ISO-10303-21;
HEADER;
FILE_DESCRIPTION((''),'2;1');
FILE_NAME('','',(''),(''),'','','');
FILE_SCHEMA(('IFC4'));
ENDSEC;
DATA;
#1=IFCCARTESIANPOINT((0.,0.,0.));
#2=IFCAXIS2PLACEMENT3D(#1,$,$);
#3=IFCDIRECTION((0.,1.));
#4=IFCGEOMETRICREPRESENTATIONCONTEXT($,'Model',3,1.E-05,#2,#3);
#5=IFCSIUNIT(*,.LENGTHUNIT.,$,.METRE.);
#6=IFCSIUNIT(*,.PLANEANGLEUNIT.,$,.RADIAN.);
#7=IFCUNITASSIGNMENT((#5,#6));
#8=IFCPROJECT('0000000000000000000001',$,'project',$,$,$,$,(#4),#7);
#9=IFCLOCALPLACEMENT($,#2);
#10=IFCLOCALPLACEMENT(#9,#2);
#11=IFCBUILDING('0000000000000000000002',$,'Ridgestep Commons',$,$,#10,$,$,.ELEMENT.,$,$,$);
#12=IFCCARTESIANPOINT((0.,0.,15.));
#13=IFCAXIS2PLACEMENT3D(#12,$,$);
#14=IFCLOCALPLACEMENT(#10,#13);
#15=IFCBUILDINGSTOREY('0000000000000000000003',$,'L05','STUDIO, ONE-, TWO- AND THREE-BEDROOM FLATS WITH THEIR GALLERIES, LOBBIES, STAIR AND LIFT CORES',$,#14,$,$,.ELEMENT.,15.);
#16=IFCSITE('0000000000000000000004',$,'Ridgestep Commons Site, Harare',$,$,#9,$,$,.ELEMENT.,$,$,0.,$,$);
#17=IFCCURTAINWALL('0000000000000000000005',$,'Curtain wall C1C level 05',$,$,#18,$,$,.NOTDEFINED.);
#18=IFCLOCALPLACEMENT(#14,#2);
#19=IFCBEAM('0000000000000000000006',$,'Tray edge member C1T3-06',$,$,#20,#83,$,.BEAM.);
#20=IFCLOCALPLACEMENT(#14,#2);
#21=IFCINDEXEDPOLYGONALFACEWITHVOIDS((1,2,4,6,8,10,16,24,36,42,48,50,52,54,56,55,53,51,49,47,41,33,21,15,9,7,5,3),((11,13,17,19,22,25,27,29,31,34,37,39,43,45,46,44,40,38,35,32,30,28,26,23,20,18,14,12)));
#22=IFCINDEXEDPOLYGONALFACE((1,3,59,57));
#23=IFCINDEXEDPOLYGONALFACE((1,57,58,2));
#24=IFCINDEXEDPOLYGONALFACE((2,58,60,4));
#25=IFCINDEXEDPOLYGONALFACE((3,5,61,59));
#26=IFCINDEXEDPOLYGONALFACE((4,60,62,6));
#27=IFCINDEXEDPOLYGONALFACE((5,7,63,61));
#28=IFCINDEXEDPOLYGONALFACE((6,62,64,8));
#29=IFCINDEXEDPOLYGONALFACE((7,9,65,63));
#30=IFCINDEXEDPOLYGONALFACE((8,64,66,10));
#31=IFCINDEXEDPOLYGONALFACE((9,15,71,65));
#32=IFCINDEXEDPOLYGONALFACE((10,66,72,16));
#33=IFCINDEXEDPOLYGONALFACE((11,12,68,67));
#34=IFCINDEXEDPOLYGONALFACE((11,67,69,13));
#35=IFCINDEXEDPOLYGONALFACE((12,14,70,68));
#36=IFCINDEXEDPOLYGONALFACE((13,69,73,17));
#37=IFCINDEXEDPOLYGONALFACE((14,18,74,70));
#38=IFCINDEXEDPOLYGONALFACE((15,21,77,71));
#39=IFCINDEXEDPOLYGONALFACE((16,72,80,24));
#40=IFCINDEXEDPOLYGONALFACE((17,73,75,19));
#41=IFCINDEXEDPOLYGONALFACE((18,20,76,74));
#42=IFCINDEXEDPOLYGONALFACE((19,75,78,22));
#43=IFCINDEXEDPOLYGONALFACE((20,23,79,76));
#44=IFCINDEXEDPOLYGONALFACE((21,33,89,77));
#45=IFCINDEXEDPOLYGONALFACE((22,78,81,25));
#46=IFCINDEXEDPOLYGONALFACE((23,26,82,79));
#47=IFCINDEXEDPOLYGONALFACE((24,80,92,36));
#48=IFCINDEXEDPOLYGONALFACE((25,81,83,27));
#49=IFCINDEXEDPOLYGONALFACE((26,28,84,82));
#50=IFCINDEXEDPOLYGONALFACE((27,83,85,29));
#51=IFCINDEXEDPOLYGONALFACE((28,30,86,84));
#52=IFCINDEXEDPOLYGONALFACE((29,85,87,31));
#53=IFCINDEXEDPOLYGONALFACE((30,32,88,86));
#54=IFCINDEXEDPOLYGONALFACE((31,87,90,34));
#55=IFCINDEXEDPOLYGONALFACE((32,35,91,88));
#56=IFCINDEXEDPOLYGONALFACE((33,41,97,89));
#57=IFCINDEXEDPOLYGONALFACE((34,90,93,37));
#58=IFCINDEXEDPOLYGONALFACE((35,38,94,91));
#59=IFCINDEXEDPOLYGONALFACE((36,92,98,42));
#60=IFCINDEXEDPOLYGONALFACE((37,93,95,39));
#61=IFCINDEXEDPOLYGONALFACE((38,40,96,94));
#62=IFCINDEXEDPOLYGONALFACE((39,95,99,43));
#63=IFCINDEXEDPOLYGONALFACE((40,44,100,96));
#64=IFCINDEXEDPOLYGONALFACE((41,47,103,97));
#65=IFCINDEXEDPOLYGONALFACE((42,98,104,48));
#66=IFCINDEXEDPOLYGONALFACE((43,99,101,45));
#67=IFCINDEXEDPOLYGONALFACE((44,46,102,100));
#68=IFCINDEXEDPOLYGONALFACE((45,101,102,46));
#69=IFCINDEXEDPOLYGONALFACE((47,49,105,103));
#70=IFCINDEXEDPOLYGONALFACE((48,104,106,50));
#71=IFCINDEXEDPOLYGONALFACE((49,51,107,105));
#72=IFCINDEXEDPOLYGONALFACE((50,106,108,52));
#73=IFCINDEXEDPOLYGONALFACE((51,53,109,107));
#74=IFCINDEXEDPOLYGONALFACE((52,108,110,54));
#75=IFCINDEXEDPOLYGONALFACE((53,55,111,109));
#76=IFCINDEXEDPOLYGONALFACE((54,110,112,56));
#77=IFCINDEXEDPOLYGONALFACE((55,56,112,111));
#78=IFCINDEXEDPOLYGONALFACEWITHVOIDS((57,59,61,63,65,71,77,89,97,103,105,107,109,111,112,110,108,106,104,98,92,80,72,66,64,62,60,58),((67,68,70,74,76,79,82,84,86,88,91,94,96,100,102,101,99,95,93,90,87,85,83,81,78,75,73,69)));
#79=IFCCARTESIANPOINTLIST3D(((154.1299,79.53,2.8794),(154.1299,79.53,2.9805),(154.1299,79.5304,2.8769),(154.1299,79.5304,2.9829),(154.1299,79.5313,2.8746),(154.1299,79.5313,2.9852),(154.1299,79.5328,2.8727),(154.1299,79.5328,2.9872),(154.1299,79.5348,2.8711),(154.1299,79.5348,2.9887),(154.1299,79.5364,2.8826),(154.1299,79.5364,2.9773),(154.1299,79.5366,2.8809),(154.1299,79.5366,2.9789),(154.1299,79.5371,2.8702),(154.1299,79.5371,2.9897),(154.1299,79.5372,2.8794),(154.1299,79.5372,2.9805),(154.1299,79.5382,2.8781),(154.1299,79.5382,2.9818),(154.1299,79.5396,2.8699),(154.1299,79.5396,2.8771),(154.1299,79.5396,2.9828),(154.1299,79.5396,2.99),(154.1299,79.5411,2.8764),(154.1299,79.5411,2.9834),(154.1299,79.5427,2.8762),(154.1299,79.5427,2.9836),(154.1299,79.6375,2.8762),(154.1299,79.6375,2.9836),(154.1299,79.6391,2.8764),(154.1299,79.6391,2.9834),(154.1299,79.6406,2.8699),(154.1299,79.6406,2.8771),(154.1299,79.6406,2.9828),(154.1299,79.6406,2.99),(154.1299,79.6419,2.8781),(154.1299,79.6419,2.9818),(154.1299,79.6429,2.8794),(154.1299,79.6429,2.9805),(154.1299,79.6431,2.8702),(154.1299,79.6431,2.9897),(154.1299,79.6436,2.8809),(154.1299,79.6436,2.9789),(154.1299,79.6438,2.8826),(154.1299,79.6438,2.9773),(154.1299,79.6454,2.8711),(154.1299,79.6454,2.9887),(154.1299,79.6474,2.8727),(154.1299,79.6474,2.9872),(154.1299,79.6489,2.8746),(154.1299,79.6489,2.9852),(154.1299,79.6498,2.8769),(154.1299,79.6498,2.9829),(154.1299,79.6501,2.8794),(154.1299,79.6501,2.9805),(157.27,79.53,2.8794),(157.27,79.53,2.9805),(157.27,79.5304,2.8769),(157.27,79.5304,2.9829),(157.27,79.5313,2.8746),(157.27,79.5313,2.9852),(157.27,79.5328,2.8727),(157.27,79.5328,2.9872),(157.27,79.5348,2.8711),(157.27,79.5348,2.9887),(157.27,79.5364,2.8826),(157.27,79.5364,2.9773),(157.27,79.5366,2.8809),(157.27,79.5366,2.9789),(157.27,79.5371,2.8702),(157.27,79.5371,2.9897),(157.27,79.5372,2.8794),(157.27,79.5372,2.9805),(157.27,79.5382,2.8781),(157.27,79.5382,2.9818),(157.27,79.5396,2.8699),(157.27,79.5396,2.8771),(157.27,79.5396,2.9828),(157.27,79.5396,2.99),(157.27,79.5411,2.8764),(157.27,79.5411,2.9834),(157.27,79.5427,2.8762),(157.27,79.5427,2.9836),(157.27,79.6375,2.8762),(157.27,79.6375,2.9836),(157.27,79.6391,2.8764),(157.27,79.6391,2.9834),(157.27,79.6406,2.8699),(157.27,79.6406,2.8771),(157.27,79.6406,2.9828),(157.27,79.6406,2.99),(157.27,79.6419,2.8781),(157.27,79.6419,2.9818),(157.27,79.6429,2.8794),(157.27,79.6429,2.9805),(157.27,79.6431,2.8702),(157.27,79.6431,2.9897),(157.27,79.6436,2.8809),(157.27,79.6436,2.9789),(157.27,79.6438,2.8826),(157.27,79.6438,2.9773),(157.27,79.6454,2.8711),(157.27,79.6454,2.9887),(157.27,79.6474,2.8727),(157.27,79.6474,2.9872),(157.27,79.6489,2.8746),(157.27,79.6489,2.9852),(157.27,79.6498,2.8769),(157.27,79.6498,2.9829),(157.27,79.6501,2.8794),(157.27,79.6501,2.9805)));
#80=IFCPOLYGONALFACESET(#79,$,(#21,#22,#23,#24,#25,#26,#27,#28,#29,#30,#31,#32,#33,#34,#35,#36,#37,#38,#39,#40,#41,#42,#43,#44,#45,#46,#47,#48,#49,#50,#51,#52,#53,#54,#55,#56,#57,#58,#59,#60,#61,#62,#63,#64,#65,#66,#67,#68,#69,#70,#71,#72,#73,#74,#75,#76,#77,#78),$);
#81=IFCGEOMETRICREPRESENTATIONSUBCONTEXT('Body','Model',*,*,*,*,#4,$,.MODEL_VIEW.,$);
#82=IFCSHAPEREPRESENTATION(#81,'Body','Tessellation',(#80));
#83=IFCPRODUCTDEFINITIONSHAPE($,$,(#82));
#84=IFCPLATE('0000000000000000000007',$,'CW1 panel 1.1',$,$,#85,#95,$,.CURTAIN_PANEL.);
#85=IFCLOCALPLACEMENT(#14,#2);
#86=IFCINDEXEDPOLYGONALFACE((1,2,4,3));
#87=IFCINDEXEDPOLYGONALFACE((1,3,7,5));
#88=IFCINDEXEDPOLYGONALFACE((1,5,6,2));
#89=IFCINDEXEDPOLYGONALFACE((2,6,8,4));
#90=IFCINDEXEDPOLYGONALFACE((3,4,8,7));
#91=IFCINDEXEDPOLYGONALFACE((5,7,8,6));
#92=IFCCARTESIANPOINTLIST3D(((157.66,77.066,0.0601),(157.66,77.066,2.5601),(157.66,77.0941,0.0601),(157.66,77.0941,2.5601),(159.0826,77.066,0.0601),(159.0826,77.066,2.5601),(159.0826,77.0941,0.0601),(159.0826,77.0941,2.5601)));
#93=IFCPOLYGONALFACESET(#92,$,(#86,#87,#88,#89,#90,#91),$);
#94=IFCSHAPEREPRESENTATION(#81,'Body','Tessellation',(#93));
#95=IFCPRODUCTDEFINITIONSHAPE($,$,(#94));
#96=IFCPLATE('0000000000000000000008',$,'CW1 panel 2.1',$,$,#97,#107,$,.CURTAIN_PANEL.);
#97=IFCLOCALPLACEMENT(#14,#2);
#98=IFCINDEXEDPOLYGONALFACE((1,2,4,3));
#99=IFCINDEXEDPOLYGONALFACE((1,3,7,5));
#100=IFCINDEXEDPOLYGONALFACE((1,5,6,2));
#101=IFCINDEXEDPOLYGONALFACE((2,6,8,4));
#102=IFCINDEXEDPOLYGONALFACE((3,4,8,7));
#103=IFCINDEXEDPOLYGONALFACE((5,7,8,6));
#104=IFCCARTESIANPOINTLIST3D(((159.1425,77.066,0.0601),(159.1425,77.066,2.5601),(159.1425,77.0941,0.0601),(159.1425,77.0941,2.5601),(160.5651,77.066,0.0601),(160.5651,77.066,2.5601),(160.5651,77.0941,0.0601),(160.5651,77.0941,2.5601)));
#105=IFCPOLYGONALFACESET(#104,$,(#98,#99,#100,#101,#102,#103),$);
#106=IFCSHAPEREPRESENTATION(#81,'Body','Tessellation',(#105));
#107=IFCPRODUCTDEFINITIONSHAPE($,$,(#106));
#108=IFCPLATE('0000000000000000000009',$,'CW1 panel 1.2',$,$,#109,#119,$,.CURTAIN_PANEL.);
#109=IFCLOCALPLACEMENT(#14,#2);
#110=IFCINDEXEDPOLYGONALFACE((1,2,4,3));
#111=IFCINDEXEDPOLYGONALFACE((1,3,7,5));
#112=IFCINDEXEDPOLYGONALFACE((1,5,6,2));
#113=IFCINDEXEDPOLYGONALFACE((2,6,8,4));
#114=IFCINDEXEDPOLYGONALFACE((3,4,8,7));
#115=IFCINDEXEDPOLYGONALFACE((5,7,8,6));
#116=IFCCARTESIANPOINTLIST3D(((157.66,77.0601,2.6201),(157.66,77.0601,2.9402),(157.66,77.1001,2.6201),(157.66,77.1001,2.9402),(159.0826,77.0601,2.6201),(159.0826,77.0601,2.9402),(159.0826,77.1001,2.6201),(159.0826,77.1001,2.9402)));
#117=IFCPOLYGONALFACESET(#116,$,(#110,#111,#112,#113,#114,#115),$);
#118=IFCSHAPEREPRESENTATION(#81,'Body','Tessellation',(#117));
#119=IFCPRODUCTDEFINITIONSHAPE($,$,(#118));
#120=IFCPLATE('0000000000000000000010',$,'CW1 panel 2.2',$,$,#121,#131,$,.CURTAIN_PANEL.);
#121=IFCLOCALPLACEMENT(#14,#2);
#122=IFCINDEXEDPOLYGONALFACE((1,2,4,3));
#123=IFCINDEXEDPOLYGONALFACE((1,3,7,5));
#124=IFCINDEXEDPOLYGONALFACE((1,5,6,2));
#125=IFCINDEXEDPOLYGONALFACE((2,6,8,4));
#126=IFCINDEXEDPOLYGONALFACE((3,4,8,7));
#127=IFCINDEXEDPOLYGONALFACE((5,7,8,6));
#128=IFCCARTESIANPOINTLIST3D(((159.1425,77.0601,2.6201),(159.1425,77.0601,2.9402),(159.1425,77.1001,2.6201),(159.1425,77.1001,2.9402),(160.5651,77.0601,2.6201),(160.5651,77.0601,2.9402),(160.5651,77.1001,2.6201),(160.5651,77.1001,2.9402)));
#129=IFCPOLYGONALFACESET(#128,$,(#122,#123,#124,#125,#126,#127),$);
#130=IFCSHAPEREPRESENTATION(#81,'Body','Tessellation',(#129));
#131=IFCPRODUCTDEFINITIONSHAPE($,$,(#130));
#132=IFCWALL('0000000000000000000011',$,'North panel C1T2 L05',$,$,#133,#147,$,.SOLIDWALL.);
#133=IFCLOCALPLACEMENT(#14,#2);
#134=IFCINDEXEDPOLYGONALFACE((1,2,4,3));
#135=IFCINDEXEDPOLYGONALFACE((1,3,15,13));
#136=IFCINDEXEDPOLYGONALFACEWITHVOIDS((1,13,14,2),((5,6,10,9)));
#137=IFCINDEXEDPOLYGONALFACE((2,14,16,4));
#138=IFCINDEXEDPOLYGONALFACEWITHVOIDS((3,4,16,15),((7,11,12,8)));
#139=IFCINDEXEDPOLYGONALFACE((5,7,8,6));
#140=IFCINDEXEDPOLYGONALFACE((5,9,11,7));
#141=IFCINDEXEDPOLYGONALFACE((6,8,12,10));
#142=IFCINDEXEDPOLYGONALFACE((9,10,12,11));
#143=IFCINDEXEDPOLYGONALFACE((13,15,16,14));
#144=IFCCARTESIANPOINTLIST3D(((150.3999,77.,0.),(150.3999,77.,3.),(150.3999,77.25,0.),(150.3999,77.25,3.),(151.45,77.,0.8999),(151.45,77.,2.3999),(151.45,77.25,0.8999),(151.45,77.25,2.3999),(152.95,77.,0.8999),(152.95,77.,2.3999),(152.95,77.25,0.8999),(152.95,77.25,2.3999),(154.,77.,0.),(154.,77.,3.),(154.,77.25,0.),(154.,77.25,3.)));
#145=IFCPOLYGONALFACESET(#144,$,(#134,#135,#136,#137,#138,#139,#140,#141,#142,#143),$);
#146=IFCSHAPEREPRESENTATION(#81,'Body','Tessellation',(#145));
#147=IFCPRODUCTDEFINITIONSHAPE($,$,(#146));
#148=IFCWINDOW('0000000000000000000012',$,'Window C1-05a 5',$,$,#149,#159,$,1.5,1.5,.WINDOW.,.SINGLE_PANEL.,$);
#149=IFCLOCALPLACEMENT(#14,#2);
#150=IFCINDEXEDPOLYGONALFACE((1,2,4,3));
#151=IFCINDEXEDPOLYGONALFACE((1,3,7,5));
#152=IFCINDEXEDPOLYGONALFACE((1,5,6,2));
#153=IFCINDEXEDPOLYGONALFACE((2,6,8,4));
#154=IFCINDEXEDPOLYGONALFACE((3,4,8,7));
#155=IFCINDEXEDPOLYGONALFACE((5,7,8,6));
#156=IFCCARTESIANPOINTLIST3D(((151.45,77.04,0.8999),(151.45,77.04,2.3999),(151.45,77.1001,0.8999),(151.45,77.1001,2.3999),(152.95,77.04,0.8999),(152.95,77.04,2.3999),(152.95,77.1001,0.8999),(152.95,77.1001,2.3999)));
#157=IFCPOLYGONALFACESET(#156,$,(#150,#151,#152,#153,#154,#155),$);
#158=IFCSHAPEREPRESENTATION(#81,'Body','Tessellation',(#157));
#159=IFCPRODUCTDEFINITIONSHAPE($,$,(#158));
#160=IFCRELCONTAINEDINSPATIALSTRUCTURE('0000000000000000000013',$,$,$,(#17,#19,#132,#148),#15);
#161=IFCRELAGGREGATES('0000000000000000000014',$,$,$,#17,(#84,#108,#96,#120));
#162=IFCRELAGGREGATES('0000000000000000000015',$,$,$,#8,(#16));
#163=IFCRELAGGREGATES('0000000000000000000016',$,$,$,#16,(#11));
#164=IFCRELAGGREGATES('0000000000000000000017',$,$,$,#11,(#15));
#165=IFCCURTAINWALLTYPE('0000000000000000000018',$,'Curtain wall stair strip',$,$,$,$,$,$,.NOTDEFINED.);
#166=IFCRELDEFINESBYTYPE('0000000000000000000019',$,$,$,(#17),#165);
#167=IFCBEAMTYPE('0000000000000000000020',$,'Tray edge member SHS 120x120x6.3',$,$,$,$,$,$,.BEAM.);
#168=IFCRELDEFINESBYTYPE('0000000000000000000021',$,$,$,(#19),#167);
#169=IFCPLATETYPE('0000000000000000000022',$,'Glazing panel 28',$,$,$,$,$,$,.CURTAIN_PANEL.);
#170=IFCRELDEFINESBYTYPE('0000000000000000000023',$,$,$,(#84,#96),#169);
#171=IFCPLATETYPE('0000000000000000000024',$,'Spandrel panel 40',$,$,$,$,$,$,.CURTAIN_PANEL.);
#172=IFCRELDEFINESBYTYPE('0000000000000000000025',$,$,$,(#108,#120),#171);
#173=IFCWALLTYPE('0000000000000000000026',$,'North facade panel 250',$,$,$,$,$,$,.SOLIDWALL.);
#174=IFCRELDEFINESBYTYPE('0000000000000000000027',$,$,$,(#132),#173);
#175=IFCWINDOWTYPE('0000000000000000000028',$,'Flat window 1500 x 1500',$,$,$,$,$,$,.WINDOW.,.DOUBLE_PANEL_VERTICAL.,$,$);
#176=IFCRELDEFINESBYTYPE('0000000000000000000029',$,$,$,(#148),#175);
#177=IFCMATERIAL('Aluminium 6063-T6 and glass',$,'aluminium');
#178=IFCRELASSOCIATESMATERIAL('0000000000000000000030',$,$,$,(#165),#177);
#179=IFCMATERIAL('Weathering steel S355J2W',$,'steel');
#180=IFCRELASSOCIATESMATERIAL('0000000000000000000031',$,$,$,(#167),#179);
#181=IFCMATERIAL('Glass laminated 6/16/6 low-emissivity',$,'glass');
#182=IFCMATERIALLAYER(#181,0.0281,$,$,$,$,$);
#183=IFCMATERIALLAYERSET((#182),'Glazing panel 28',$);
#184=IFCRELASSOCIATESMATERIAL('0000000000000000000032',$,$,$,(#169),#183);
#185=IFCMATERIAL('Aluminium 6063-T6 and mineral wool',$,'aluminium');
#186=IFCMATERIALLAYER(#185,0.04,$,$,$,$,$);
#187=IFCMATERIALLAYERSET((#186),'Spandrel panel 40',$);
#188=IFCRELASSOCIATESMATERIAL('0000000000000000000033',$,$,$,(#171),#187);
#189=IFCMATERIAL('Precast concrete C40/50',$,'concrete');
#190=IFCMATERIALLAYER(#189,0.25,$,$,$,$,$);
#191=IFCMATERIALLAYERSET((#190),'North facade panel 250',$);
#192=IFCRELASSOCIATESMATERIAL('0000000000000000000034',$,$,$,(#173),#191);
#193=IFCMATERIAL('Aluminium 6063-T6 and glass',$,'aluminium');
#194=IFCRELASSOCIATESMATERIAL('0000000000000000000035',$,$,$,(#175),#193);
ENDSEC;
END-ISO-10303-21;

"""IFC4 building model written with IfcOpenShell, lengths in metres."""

from ifc_helpers import new_model, si_unit, direction, frame, frame_2d, origin, origin_2d, place, context, subcontext, project, spatial, rectangle, hollow_rectangle, extrude, material, layer, layer_set, material_profile, profile_set, type_object, element, fill, aggregate, save


model = new_model("IFC4")

# Units and contexts
model_context = context("Model", 3, precision=1e-05, world=origin(), true_north=direction((0.0, 1.0)))
body_context = subcontext(model_context, "Body", "Model", "MODEL_VIEW")
ifc_project = project(units=[si_unit("LENGTHUNIT", "METRE"), si_unit("PLANEANGLEUNIT", "RADIAN")], contexts=[model_context])

# Site, building, storey
site_placement = place(None, origin())
site = spatial("IfcSite", under=ifc_project, at=site_placement, Name="Ridgestep Commons Site, Harare", CompositionType="ELEMENT", RefElevation=0.0)
building_placement = place(site_placement, origin())
building = spatial("IfcBuilding", under=site, at=building_placement, Name="Ridgestep Commons", CompositionType="ELEMENT")
storey_placement = place(building_placement, frame((0.0, 0.0, 15.0)))
storey = spatial("IfcBuildingStorey", under=building, at=storey_placement, Name="L05", Description="STUDIO, ONE-, TWO- AND THREE-BEDROOM FLATS WITH THEIR GALLERIES, LOBBIES, STAIR AND LIFT CORES", CompositionType="ELEMENT", Elevation=15.0)

# Curtain wall
ifc_material_1 = material(Name="Aluminium 6063-T6 and glass", Category="aluminium")
curtain_wall_type = type_object("IfcCurtainWallType", Name="Curtain wall stair strip", PredefinedType="NOTDEFINED", material=ifc_material_1)
curtain_wall_placement = place(storey_placement, origin())
curtain_wall = element("IfcCurtainWall", 1, at=curtain_wall_placement, inside=storey, type_object=curtain_wall_type, Name="Curtain wall C1C level 05", PredefinedType="NOTDEFINED")

# Beam
ifc_material_2 = material(Name="Weathering steel S355J2W", Category="steel")
ifc_material_profile_1 = material_profile(ifc_material_2, hollow_rectangle(XDim=0.1201, YDim=0.1201, WallThickness=0.0063, InnerFilletRadius=0.0063, OuterFilletRadius=0.0095, at=origin_2d()), Name="SHS 120x120x6.3")
ifc_profile_set_1 = profile_set([ifc_material_profile_1], Name="Weathering steel S355J2W")
beam_type_1 = type_object("IfcBeamType", Name="Tray edge member SHS 120x120x6.3", PredefinedType="BEAM", material=ifc_profile_set_1)
beam_placement = place(storey_placement, frame((154.1299, 79.5901, 2.9299), z_axis=(1.0, 0.0, 0.0), x_axis=(0.0, 0.0, 1.0)))
element("IfcBeam", 2, at=beam_placement, inside=storey, type_object=beam_type_1, Name="Tray edge member C1T3-06", PredefinedType="BEAM", context=body_context, shape_type="SweptSolid", body=[
    extrude(hollow_rectangle(XDim=0.1201, YDim=0.1201, WallThickness=0.0063, InnerFilletRadius=0.0063, OuterFilletRadius=0.0095, at=origin_2d()), origin(), (0.0, 0.0, 1.0), 3.1401),
])

# Plates
ifc_material_3 = material(Name="Glass laminated 6/16/6 low-emissivity", Category="glass")
ifc_layer_1 = layer(ifc_material_3, 0.0281)
ifc_layer_set_1 = layer_set([ifc_layer_1], Name="Glazing panel 28")
plate_type_1 = type_object("IfcPlateType", Name="Glazing panel 28", PredefinedType="CURTAIN_PANEL", material=ifc_layer_set_1)
plate_1_placement = place(storey_placement, frame((158.3713, 77.0801, 0.0601), z_axis=(0.0, 0.0, 1.0), x_axis=(1.0, 0.0, 0.0)))
plate_1 = element("IfcPlate", 3, at=plate_1_placement, type_object=plate_type_1, Name="CW1 panel 1.1", PredefinedType="CURTAIN_PANEL", context=body_context, shape_type="SweptSolid", body=[
    extrude(rectangle(XDim=1.4226, YDim=0.0281, at=origin_2d()), origin(), (0.0, 0.0, 1.0), 2.5),
])
plate_2_placement = place(storey_placement, frame((159.8538, 77.0801, 0.0601), z_axis=(0.0, 0.0, 1.0), x_axis=(1.0, 0.0, 0.0)))
plate_2 = element("IfcPlate", 4, at=plate_2_placement, type_object=plate_type_1, Name="CW1 panel 2.1", PredefinedType="CURTAIN_PANEL", context=body_context, shape_type="SweptSolid", body=[
    extrude(rectangle(XDim=1.4226, YDim=0.0281, at=origin_2d()), origin(), (0.0, 0.0, 1.0), 2.5),
])
ifc_material_4 = material(Name="Aluminium 6063-T6 and mineral wool", Category="aluminium")
ifc_layer_2 = layer(ifc_material_4, 0.04)
ifc_layer_set_2 = layer_set([ifc_layer_2], Name="Spandrel panel 40")
plate_type_2 = type_object("IfcPlateType", Name="Spandrel panel 40", PredefinedType="CURTAIN_PANEL", material=ifc_layer_set_2)
plate_3_placement = place(storey_placement, frame((158.3713, 77.0801, 2.6201), z_axis=(0.0, 0.0, 1.0), x_axis=(1.0, 0.0, 0.0)))
plate_3 = element("IfcPlate", 5, at=plate_3_placement, type_object=plate_type_2, Name="CW1 panel 1.2", PredefinedType="CURTAIN_PANEL", context=body_context, shape_type="SweptSolid", body=[
    extrude(rectangle(XDim=1.4226, YDim=0.04, at=origin_2d()), origin(), (0.0, 0.0, 1.0), 0.3201),
])
plate_4_placement = place(storey_placement, frame((159.8538, 77.0801, 2.6201), z_axis=(0.0, 0.0, 1.0), x_axis=(1.0, 0.0, 0.0)))
plate_4 = element("IfcPlate", 6, at=plate_4_placement, type_object=plate_type_2, Name="CW1 panel 2.2", PredefinedType="CURTAIN_PANEL", context=body_context, shape_type="SweptSolid", body=[
    extrude(rectangle(XDim=1.4226, YDim=0.04, at=origin_2d()), origin(), (0.0, 0.0, 1.0), 0.3201),
])
aggregate(curtain_wall, [plate_1, plate_3, plate_2, plate_4])

# Wall, opening, window
ifc_material_5 = material(Name="Precast concrete C40/50", Category="concrete")
ifc_layer_3 = layer(ifc_material_5, 0.25)
ifc_layer_set_3 = layer_set([ifc_layer_3], Name="North facade panel 250")
wall_type = type_object("IfcWallType", Name="North facade panel 250", PredefinedType="SOLIDWALL", material=ifc_layer_set_3)
wall_1_placement = place(storey_placement, frame((150.3999, 77.125, 0.0), z_axis=(0.0, 0.0, 1.0), x_axis=(1.0, 0.0, 0.0)))
wall_1 = element("IfcWall", 7, at=wall_1_placement, inside=storey, type_object=wall_type, Name="North panel C1T2 L05", PredefinedType="SOLIDWALL", context=body_context, shape_type="SweptSolid", body=[
    extrude(rectangle(XDim=3.6001, YDim=0.25, at=frame_2d((1.8, 0.0))), origin(), (0.0, 0.0, 1.0), 3.0),
])
opening_1_placement = place(wall_1_placement, frame((1.05, 0.0, 0.8999)))
opening_1 = element("IfcOpeningElement", 8, at=opening_1_placement, cuts=wall_1, PredefinedType="OPENING", context=body_context, shape_type="SweptSolid", body=[
    extrude(rectangle(XDim=1.5, YDim=1.5, at=frame_2d((0.75, 0.75))), frame((0.0, 0.135, 0.0), z_axis=(0.0, -1.0, 0.0), x_axis=(1.0, 0.0, 0.0)), (0.0, 0.0, 1.0), 0.27),
])
ifc_material_6 = material(Name="Aluminium 6063-T6 and glass", Category="aluminium")
window_type = type_object("IfcWindowType", Name="Flat window 1500 x 1500", PartitioningType="DOUBLE_PANEL_VERTICAL", PredefinedType="WINDOW", material=ifc_material_6)
window_1_placement = place(opening_1_placement, origin())
window_1 = element("IfcWindow", 9, at=window_1_placement, inside=storey, type_object=window_type, Name="Window C1-05a 5", OverallHeight=1.5, OverallWidth=1.5, PartitioningType="SINGLE_PANEL", PredefinedType="WINDOW", context=body_context, shape_type="SweptSolid", body=[
    extrude(rectangle(XDim=1.5, YDim=1.5, at=frame_2d((0.75, 0.75))), frame((0.0, -0.0249, 0.0), z_axis=(0.0, -1.0, 0.0), x_axis=(1.0, 0.0, 0.0)), (0.0, 0.0, 1.0), 0.0601),
])
fill(opening_1, window_1)

save(model, "model.ifc")
